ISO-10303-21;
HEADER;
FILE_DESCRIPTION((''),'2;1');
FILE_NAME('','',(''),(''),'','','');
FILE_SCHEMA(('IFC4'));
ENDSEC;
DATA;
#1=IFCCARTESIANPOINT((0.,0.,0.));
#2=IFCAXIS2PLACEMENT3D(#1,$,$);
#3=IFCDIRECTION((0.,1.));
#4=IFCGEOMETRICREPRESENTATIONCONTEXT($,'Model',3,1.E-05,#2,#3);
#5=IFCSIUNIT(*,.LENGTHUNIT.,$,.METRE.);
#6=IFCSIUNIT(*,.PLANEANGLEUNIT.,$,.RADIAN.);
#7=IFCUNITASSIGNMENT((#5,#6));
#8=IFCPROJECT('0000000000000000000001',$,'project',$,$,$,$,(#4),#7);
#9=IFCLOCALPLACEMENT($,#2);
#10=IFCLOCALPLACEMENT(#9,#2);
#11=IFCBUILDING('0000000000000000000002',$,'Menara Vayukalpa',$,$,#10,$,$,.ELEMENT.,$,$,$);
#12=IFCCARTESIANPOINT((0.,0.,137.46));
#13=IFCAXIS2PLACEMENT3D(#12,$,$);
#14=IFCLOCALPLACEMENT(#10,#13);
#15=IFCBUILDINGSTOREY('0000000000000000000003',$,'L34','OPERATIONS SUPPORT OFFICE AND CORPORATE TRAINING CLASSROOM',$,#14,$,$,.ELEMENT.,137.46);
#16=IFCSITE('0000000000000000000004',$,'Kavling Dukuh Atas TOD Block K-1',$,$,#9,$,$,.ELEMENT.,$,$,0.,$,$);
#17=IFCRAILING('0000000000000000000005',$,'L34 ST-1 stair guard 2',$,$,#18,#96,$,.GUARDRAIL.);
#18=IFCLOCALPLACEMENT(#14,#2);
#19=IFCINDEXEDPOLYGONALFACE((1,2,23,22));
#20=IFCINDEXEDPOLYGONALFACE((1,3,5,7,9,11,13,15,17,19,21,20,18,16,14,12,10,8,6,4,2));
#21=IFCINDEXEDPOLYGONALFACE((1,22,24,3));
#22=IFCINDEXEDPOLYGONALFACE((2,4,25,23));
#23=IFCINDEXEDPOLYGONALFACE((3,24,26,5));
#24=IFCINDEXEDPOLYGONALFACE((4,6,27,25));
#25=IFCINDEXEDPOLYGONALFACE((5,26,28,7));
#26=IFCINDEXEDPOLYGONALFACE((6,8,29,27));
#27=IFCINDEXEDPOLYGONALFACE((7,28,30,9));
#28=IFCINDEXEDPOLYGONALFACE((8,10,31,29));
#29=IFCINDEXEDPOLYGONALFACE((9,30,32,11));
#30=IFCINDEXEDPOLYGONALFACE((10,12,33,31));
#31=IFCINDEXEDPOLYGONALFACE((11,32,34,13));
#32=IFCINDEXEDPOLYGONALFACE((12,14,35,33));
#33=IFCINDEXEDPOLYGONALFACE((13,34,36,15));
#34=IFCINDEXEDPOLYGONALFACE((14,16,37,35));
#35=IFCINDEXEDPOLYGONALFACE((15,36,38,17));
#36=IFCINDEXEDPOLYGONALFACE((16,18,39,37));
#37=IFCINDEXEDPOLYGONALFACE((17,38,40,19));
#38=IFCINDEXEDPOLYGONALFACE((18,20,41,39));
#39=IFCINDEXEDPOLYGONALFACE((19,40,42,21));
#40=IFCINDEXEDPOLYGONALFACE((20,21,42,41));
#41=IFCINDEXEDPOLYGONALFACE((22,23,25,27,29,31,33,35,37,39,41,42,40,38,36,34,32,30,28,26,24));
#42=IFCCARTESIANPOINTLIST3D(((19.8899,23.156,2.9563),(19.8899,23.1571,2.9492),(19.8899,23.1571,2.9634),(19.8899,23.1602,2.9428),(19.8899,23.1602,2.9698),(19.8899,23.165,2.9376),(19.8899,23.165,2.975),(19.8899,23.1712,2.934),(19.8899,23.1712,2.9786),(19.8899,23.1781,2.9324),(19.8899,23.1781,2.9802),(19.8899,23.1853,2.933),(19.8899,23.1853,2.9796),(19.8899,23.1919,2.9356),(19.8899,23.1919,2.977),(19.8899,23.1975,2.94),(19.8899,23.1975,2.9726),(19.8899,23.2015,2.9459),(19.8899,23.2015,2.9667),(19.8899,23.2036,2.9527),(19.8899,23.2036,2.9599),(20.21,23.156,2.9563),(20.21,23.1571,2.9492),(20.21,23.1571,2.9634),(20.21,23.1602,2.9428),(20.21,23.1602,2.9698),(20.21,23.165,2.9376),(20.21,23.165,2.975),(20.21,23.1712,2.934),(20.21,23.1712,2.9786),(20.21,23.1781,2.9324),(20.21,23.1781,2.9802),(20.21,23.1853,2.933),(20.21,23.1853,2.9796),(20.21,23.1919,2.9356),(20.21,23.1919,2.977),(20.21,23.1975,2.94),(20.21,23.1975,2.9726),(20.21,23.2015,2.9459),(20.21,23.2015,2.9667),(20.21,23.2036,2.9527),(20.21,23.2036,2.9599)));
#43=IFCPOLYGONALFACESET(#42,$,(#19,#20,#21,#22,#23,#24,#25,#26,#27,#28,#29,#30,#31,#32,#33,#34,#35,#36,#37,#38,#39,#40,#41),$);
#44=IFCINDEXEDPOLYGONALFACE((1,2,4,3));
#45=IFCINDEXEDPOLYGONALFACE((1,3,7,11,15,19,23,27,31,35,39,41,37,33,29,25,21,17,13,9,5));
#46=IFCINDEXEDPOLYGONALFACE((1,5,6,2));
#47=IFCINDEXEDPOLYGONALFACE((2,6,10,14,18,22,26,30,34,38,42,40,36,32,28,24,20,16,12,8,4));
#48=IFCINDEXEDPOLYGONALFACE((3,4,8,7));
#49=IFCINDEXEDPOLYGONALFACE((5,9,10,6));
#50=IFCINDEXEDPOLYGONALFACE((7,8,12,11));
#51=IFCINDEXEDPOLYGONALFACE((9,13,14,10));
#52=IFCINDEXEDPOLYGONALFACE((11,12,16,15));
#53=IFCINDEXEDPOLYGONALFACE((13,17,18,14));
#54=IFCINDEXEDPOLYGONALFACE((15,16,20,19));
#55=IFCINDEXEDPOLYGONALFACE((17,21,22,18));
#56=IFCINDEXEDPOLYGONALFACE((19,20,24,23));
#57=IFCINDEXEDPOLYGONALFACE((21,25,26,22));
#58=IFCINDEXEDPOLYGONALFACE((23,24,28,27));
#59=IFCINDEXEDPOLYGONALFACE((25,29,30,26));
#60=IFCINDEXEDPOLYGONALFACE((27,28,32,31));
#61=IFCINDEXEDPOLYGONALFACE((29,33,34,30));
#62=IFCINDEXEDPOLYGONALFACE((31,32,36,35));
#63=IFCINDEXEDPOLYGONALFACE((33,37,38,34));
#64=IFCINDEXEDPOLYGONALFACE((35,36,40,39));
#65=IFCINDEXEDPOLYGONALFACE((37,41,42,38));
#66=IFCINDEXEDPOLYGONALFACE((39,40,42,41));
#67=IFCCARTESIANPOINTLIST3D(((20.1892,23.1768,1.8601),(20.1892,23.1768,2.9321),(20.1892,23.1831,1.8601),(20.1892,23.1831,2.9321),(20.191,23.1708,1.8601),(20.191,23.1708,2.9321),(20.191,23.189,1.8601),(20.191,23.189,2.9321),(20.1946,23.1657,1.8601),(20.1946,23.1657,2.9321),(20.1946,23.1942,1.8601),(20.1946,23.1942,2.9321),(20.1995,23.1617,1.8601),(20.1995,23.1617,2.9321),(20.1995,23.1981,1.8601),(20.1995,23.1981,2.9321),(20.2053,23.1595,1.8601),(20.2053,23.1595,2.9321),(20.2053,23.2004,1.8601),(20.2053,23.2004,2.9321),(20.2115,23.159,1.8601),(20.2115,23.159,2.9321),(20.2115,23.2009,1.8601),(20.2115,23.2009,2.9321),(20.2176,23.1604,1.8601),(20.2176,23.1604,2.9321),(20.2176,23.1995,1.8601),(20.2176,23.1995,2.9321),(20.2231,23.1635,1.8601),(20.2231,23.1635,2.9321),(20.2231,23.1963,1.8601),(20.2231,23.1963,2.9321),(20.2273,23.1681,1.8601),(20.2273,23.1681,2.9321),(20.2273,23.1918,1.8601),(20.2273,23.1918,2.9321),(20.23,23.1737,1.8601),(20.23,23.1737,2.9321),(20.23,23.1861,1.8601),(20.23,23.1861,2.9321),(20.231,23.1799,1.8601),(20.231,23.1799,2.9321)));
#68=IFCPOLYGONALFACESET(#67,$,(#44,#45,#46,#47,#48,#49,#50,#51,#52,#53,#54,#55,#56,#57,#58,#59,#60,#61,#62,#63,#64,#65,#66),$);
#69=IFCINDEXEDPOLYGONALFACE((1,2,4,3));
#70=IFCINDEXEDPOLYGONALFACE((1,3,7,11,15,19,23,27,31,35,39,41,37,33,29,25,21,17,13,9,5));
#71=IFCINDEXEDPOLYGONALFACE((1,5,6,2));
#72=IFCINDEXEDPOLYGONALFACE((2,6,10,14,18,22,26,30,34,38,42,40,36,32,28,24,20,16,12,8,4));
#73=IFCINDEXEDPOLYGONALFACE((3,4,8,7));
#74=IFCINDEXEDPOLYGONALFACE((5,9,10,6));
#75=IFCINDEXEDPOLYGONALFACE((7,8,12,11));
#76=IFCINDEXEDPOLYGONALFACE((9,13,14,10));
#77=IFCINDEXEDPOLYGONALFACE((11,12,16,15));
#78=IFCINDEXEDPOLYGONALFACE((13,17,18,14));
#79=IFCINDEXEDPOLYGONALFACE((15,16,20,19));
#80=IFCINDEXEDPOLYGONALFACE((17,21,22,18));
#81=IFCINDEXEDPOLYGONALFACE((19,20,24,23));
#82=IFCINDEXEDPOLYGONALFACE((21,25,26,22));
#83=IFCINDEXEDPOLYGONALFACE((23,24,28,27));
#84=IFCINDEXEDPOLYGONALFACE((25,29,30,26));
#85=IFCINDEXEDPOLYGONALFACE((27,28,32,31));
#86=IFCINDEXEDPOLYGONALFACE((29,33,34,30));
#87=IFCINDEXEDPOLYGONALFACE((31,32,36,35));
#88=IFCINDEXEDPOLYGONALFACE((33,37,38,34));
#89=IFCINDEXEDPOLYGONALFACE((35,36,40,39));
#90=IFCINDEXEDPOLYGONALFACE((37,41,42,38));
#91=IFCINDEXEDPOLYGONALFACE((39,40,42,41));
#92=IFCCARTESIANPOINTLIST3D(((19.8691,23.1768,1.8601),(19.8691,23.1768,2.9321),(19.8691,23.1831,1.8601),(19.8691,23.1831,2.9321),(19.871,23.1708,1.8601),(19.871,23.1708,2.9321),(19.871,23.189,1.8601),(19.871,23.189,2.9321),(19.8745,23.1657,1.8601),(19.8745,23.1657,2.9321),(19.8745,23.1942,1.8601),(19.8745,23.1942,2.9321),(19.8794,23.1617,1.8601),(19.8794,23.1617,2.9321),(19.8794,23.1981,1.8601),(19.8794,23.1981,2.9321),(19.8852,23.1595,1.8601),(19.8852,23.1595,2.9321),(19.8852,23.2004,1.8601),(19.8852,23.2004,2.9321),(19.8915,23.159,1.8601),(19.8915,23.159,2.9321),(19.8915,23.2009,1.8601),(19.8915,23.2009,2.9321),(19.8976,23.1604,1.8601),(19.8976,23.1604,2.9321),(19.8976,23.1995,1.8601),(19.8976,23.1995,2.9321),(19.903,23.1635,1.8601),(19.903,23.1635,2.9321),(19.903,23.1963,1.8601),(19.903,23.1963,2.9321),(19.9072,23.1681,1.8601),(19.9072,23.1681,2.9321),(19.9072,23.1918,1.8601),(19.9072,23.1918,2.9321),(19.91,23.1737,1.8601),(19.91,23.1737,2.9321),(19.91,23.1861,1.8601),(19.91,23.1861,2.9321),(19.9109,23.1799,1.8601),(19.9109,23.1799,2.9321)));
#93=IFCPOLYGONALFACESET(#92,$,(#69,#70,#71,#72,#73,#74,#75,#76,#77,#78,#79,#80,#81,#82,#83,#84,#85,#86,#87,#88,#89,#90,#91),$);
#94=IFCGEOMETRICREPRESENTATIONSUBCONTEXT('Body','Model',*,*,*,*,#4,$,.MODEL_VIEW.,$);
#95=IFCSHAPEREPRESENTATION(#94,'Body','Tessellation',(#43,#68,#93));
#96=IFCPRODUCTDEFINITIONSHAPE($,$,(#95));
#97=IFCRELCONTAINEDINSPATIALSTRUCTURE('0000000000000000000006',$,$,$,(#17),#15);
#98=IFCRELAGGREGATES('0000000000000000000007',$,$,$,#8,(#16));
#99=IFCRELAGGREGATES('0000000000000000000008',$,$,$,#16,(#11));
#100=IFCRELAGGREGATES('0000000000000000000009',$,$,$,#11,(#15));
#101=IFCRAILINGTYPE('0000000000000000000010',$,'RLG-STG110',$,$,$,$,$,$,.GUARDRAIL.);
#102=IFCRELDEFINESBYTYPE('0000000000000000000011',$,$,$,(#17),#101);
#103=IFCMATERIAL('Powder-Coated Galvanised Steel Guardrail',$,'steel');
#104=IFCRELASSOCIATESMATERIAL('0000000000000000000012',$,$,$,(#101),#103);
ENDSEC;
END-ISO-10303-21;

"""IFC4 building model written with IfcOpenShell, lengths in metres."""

from ifc_helpers import new_model, si_unit, direction, frame, origin, origin_2d, place, context, subcontext, project, spatial, circle, extrude, material, type_object, element, save


model = new_model("IFC4")

# Units and contexts
model_context = context("Model", 3, precision=1e-05, world=origin(), true_north=direction((0.0, 1.0)))
body_context = subcontext(model_context, "Body", "Model", "MODEL_VIEW")
ifc_project = project(units=[si_unit("LENGTHUNIT", "METRE"), si_unit("PLANEANGLEUNIT", "RADIAN")], contexts=[model_context])

# Site, building, storey
site_placement = place(None, origin())
site = spatial("IfcSite", under=ifc_project, at=site_placement, Name="Kavling Dukuh Atas TOD Block K-1", CompositionType="ELEMENT", RefElevation=0.0)
building_placement = place(site_placement, origin())
building = spatial("IfcBuilding", under=site, at=building_placement, Name="Menara Vayukalpa", CompositionType="ELEMENT")
storey_placement = place(building_placement, frame((0.0, 0.0, 137.46)))
storey = spatial("IfcBuildingStorey", under=building, at=storey_placement, Name="L34", Description="OPERATIONS SUPPORT OFFICE AND CORPORATE TRAINING CLASSROOM", CompositionType="ELEMENT", Elevation=137.46)

# Railing
ifc_material_1 = material(Name="Powder-Coated Galvanised Steel Guardrail", Category="steel")
railing_type_1 = type_object("IfcRailingType", Name="RLG-STG110", PredefinedType="GUARDRAIL", material=ifc_material_1)
railing_1_placement = place(storey_placement, frame((20.21, 23.1799, 1.8601)))
element("IfcRailing", 1, at=railing_1_placement, inside=storey, type_object=railing_type_1, Name="L34 ST-1 stair guard 2", PredefinedType="GUARDRAIL", context=body_context, shape_type="SweptSolid", body=[
    extrude(circle(Radius=0.0239, at=origin_2d()), frame((0.0, 0.0, 1.0962), z_axis=(-1.0, 0.0, 0.0), x_axis=(0.0, -1.0, 0.0)), (0.0, 0.0, 1.0), 0.3201),
    extrude(circle(Radius=0.021, at=origin_2d()), origin(), (0.0, 0.0, 1.0), 1.072),
    extrude(circle(Radius=0.021, at=origin_2d()), frame((-0.3201, 0.0, 0.0)), (0.0, 0.0, 1.0), 1.072),
])

save(model, "model.ifc")
